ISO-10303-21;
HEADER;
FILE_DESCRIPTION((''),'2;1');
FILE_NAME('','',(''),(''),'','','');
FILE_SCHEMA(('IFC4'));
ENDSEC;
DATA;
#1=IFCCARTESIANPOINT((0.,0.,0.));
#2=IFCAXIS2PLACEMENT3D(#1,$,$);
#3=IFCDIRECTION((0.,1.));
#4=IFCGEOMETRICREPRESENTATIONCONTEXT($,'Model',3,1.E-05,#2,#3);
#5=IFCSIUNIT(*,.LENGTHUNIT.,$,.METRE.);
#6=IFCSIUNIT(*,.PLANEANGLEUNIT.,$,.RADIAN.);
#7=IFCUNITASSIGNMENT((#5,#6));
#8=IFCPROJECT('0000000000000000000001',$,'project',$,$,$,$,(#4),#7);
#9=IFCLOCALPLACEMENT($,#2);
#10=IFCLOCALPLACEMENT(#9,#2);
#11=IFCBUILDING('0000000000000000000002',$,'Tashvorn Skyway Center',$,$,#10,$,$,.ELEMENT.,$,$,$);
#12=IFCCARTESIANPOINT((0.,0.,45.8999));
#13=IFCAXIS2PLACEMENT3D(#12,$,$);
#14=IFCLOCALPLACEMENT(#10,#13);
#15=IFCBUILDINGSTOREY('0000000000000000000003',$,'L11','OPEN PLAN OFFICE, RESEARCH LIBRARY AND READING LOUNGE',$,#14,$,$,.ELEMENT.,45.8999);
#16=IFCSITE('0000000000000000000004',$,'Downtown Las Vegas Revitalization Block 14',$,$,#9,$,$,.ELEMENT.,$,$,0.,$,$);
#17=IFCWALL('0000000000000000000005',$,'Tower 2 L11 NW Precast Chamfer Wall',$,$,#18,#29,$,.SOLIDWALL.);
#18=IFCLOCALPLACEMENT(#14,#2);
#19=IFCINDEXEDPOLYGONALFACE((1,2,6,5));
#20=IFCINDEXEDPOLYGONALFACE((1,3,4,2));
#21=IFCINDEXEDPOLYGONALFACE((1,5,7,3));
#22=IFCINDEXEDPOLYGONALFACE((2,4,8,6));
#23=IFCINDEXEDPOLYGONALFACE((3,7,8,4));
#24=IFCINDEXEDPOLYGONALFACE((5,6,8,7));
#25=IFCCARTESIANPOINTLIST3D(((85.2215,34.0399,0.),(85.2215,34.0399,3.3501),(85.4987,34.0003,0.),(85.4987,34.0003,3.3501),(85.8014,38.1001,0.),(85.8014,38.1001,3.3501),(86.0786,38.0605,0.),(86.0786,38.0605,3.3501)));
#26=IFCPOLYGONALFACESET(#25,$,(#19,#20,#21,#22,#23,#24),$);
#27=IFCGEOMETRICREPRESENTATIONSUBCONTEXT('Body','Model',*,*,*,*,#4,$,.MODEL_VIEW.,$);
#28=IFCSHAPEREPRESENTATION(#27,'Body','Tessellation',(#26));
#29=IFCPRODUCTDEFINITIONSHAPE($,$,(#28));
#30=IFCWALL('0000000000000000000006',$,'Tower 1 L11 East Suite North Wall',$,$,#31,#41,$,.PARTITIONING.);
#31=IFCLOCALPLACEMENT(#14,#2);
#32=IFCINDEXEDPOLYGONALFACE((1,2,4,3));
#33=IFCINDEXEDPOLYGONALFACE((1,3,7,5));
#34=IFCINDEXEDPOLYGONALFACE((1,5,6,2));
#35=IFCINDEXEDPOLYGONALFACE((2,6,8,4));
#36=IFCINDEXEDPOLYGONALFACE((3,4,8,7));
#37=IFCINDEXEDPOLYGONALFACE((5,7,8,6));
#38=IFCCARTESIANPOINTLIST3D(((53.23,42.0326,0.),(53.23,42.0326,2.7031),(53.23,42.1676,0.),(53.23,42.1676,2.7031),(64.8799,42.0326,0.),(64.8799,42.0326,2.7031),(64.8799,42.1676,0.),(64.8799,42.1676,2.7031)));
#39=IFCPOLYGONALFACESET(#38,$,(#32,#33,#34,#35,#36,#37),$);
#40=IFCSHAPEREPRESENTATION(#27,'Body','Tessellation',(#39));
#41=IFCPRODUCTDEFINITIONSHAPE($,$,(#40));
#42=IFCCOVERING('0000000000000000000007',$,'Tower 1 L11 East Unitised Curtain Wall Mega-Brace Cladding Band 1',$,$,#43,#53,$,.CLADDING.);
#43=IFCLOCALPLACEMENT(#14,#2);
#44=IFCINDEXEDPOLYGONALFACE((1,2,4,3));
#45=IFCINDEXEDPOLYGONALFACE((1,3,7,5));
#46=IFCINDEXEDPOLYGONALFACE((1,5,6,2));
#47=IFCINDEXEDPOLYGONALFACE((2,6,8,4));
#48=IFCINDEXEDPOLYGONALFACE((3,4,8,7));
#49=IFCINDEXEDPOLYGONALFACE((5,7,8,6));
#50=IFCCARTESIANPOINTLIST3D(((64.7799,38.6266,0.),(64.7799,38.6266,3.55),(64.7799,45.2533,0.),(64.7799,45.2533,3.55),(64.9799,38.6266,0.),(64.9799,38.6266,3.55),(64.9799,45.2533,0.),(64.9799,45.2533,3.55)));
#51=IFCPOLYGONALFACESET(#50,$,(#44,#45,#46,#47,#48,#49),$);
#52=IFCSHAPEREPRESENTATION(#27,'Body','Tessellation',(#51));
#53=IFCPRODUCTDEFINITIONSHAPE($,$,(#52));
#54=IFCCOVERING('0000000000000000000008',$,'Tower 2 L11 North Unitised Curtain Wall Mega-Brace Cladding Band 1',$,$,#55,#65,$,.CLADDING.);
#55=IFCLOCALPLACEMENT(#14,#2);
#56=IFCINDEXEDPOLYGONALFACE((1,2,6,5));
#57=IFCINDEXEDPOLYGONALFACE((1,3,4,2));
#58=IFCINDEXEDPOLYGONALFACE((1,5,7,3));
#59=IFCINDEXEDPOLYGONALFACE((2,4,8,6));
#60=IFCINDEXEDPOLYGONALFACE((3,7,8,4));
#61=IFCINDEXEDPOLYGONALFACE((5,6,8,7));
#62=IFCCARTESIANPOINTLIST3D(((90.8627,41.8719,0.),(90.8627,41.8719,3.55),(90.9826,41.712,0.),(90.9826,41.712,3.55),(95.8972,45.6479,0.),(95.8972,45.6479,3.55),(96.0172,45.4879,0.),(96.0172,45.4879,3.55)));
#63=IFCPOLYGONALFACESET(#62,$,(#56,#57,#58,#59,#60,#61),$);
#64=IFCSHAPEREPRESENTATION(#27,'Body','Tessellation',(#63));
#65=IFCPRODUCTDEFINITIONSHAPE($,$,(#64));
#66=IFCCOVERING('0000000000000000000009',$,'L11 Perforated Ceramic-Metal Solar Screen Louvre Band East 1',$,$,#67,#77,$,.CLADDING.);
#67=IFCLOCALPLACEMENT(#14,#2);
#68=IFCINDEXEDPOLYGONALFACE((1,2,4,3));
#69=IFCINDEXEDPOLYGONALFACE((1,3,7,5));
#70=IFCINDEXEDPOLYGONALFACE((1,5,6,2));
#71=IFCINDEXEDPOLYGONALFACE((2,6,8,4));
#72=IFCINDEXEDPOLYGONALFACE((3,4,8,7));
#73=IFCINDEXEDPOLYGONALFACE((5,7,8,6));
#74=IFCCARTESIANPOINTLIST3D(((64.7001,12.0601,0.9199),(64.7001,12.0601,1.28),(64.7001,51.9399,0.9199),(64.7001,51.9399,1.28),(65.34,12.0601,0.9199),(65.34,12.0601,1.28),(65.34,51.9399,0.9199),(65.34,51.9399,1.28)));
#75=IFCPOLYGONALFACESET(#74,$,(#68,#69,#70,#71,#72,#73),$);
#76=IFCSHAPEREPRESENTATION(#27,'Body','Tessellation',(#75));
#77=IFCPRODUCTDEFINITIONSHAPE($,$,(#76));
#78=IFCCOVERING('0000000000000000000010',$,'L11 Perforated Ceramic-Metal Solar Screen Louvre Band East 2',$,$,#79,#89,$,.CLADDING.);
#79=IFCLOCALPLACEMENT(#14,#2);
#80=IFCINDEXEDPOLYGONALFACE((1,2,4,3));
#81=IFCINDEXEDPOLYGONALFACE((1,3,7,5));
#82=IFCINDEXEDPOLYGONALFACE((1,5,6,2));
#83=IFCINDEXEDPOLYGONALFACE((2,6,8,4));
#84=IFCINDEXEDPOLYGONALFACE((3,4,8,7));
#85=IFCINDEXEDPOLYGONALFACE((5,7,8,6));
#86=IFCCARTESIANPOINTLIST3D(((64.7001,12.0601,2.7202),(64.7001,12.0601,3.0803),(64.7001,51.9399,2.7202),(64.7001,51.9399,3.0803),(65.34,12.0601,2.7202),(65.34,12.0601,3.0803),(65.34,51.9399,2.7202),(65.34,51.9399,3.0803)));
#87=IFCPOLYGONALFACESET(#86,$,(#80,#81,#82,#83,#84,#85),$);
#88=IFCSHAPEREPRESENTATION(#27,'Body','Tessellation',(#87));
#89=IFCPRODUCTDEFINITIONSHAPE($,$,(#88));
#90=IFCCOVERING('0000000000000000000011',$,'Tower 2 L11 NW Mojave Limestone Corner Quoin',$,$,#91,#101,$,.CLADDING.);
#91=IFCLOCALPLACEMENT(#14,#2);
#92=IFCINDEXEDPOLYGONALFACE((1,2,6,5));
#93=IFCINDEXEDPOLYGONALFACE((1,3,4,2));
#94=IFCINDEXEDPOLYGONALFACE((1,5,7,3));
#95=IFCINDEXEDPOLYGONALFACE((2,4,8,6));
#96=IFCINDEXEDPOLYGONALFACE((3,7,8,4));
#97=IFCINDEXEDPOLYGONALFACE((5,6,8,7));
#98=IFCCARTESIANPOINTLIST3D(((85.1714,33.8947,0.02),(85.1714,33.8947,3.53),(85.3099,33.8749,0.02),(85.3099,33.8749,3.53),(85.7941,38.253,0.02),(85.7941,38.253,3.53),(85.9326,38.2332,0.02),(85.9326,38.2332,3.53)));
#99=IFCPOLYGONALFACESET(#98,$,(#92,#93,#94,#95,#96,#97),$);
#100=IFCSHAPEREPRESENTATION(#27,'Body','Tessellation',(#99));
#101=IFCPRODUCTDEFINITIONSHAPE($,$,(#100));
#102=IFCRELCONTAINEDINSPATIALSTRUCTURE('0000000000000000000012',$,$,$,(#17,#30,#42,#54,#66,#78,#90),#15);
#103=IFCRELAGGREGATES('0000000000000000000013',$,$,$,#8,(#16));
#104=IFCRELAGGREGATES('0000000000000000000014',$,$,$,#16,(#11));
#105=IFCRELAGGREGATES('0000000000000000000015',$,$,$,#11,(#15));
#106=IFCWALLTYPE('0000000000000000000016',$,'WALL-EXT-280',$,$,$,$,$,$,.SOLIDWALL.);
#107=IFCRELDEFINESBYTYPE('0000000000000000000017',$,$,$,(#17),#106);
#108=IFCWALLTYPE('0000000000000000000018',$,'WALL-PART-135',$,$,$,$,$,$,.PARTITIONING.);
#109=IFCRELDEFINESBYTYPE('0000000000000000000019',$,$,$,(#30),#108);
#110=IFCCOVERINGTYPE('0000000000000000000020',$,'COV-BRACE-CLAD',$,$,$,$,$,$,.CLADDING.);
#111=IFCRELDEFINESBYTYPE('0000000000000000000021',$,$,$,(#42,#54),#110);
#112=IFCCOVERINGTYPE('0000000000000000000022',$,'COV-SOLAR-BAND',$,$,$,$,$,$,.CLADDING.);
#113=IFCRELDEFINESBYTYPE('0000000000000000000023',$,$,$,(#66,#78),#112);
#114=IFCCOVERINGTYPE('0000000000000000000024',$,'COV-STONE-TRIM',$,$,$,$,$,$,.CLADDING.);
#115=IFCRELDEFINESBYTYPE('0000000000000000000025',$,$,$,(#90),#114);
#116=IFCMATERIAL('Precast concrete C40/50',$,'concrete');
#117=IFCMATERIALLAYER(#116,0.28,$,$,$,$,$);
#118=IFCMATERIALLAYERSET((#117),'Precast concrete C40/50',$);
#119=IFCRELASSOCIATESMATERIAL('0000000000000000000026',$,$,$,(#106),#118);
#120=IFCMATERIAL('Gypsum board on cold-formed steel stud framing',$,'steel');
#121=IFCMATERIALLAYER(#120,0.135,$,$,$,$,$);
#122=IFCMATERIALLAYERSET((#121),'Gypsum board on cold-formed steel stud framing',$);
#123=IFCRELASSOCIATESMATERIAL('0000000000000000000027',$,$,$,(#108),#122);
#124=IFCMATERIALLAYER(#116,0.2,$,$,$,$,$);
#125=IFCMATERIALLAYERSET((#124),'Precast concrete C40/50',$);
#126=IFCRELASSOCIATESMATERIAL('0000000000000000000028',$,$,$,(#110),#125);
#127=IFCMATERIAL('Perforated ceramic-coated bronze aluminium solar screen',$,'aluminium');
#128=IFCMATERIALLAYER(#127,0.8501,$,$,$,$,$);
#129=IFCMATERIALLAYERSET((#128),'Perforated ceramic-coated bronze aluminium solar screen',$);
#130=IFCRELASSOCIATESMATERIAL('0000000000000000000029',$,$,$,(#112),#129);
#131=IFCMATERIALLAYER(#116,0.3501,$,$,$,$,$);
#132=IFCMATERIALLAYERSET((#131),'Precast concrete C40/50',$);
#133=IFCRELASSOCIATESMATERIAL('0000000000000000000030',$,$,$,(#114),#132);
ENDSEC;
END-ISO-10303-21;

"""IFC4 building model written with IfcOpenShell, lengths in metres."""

from ifc_helpers import new_model, si_unit, direction, frame, frame_2d, origin, origin_2d, place, context, subcontext, project, spatial, rectangle, extrude, material, layer, layer_set, type_object, element, save


model = new_model("IFC4")

# Units and contexts
model_context = context("Model", 3, precision=1e-05, world=origin(), true_north=direction((0.0, 1.0)))
body_context = subcontext(model_context, "Body", "Model", "MODEL_VIEW")
ifc_project = project(units=[si_unit("LENGTHUNIT", "METRE"), si_unit("PLANEANGLEUNIT", "RADIAN")], contexts=[model_context])

# Site, building, storey
site_placement = place(None, origin())
site = spatial("IfcSite", under=ifc_project, at=site_placement, Name="Downtown Las Vegas Revitalization Block 14", CompositionType="ELEMENT", RefElevation=0.0)
building_placement = place(site_placement, origin())
building = spatial("IfcBuilding", under=site, at=building_placement, Name="Tashvorn Skyway Center", CompositionType="ELEMENT")
storey_placement = place(building_placement, frame((0.0, 0.0, 45.8999)))
storey = spatial("IfcBuildingStorey", under=building, at=storey_placement, Name="L11", Description="OPEN PLAN OFFICE, RESEARCH LIBRARY AND READING LOUNGE", CompositionType="ELEMENT", Elevation=45.8999)

# Walls
ifc_material_1 = material(Name="Precast concrete C40/50", Category="concrete")
ifc_layer_1 = layer(ifc_material_1, 0.28)
ifc_layer_set_1 = layer_set([ifc_layer_1], Name="Precast concrete C40/50")
wall_type_1 = type_object("IfcWallType", Name="WALL-EXT-280", PredefinedType="SOLIDWALL", material=ifc_layer_set_1)
wall_1_placement = place(storey_placement, frame((85.3601, 34.02, 0.0), z_axis=(0.0, 0.0, 1.0), x_axis=(0.14138, 0.989955, 0.0)))
element("IfcWall", 1, at=wall_1_placement, inside=storey, type_object=wall_type_1, Name="Tower 2 L11 NW Precast Chamfer Wall", PredefinedType="SOLIDWALL", context=body_context, shape_type="SweptSolid", body=[
    extrude(rectangle(XDim=4.1013, YDim=0.28, at=frame_2d((2.0508, 0.0))), origin(), (0.0, 0.0, 1.0), 3.3501),
])
ifc_material_2 = material(Name="Gypsum board on cold-formed steel stud framing", Category="steel")
ifc_layer_2 = layer(ifc_material_2, 0.135)
ifc_layer_set_2 = layer_set([ifc_layer_2], Name="Gypsum board on cold-formed steel stud framing")
wall_type_2 = type_object("IfcWallType", Name="WALL-PART-135", PredefinedType="PARTITIONING", material=ifc_layer_set_2)
wall_2_placement = place(storey_placement, frame((64.8799, 42.1001, 0.0), z_axis=(0.0, 0.0, 1.0), x_axis=(-1.0, 0.0, 0.0)))
element("IfcWall", 2, at=wall_2_placement, inside=storey, type_object=wall_type_2, Name="Tower 1 L11 East Suite North Wall", PredefinedType="PARTITIONING", context=body_context, shape_type="SweptSolid", body=[
    extrude(rectangle(XDim=11.6499, YDim=0.135, at=frame_2d((5.825, 0.0))), origin(), (0.0, 0.0, 1.0), 2.7031),
])

# Coverings
ifc_layer_3 = layer(ifc_material_1, 0.2)
ifc_layer_set_3 = layer_set([ifc_layer_3], Name="Precast concrete C40/50")
covering_type_1 = type_object("IfcCoveringType", Name="COV-BRACE-CLAD", PredefinedType="CLADDING", material=ifc_layer_set_3)
covering_1_placement = place(storey_placement, frame((64.8799, 41.9399, 0.0), z_axis=(0.0, 0.0, 1.0), x_axis=(0.0, -1.0, 0.0)))
element("IfcCovering", 3, at=covering_1_placement, inside=storey, type_object=covering_type_1, Name="Tower 1 L11 East Unitised Curtain Wall Mega-Brace Cladding Band 1", PredefinedType="CLADDING", context=body_context, shape_type="SweptSolid", body=[
    extrude(rectangle(XDim=6.6267, YDim=0.2, at=origin_2d()), origin(), (0.0, 0.0, 1.0), 3.55),
])
covering_2_placement = place(storey_placement, frame((93.4399, 43.6799, 0.0), z_axis=(0.0, 0.0, 1.0), x_axis=(0.8, 0.6, 0.0)))
element("IfcCovering", 4, at=covering_2_placement, inside=storey, type_object=covering_type_1, Name="Tower 2 L11 North Unitised Curtain Wall Mega-Brace Cladding Band 1", PredefinedType="CLADDING", context=body_context, shape_type="SweptSolid", body=[
    extrude(rectangle(XDim=6.2932, YDim=0.2, at=origin_2d()), origin(), (0.0, 0.0, 1.0), 3.55),
])
ifc_material_3 = material(Name="Perforated ceramic-coated bronze aluminium solar screen", Category="aluminium")
ifc_layer_4 = layer(ifc_material_3, 0.8501)
ifc_layer_set_4 = layer_set([ifc_layer_4], Name="Perforated ceramic-coated bronze aluminium solar screen")
covering_type_2 = type_object("IfcCoveringType", Name="COV-SOLAR-BAND", PredefinedType="CLADDING", material=ifc_layer_set_4)
for number, where, z_axis, x_axis, name in (
    (5, (65.02, 32.0, 0.9199), (0.0, 0.0, 1.0), (0.0, -1.0, 0.0), "L11 Perforated Ceramic-Metal Solar Screen Louvre Band East 1"),
    (6, (65.02, 32.0, 2.7202), (0.0, 0.0, 1.0), (0.0, -1.0, 0.0), "L11 Perforated Ceramic-Metal Solar Screen Louvre Band East 2"),
):
    element("IfcCovering", number, at=place(storey_placement, frame(where, z_axis=z_axis, x_axis=x_axis)), inside=storey, type_object=covering_type_2, Name=name, PredefinedType="CLADDING", context=body_context, shape_type="SweptSolid", body=[
        extrude(rectangle(XDim=39.8799, YDim=0.6399, at=origin_2d()), origin(), (0.0, 0.0, 1.0), 0.3601),
    ])
ifc_layer_5 = layer(ifc_material_1, 0.3501)
ifc_layer_set_5 = layer_set([ifc_layer_5], Name="Precast concrete C40/50")
covering_type_3 = type_object("IfcCoveringType", Name="COV-STONE-TRIM", PredefinedType="CLADDING", material=ifc_layer_set_5)
covering_3_placement = place(storey_placement, frame((85.552, 36.064, 0.02), z_axis=(0.0, 0.0, 1.0), x_axis=(-0.141421, -0.989949, 0.0)))
element("IfcCovering", 7, at=covering_3_placement, inside=storey, type_object=covering_type_3, Name="Tower 2 L11 NW Mojave Limestone Corner Quoin", PredefinedType="CLADDING", context=body_context, shape_type="SweptSolid", body=[
    extrude(rectangle(XDim=4.4026, YDim=0.1399, at=origin_2d()), origin(), (0.0, 0.0, 1.0), 3.51),
])

save(model, "model.ifc")
